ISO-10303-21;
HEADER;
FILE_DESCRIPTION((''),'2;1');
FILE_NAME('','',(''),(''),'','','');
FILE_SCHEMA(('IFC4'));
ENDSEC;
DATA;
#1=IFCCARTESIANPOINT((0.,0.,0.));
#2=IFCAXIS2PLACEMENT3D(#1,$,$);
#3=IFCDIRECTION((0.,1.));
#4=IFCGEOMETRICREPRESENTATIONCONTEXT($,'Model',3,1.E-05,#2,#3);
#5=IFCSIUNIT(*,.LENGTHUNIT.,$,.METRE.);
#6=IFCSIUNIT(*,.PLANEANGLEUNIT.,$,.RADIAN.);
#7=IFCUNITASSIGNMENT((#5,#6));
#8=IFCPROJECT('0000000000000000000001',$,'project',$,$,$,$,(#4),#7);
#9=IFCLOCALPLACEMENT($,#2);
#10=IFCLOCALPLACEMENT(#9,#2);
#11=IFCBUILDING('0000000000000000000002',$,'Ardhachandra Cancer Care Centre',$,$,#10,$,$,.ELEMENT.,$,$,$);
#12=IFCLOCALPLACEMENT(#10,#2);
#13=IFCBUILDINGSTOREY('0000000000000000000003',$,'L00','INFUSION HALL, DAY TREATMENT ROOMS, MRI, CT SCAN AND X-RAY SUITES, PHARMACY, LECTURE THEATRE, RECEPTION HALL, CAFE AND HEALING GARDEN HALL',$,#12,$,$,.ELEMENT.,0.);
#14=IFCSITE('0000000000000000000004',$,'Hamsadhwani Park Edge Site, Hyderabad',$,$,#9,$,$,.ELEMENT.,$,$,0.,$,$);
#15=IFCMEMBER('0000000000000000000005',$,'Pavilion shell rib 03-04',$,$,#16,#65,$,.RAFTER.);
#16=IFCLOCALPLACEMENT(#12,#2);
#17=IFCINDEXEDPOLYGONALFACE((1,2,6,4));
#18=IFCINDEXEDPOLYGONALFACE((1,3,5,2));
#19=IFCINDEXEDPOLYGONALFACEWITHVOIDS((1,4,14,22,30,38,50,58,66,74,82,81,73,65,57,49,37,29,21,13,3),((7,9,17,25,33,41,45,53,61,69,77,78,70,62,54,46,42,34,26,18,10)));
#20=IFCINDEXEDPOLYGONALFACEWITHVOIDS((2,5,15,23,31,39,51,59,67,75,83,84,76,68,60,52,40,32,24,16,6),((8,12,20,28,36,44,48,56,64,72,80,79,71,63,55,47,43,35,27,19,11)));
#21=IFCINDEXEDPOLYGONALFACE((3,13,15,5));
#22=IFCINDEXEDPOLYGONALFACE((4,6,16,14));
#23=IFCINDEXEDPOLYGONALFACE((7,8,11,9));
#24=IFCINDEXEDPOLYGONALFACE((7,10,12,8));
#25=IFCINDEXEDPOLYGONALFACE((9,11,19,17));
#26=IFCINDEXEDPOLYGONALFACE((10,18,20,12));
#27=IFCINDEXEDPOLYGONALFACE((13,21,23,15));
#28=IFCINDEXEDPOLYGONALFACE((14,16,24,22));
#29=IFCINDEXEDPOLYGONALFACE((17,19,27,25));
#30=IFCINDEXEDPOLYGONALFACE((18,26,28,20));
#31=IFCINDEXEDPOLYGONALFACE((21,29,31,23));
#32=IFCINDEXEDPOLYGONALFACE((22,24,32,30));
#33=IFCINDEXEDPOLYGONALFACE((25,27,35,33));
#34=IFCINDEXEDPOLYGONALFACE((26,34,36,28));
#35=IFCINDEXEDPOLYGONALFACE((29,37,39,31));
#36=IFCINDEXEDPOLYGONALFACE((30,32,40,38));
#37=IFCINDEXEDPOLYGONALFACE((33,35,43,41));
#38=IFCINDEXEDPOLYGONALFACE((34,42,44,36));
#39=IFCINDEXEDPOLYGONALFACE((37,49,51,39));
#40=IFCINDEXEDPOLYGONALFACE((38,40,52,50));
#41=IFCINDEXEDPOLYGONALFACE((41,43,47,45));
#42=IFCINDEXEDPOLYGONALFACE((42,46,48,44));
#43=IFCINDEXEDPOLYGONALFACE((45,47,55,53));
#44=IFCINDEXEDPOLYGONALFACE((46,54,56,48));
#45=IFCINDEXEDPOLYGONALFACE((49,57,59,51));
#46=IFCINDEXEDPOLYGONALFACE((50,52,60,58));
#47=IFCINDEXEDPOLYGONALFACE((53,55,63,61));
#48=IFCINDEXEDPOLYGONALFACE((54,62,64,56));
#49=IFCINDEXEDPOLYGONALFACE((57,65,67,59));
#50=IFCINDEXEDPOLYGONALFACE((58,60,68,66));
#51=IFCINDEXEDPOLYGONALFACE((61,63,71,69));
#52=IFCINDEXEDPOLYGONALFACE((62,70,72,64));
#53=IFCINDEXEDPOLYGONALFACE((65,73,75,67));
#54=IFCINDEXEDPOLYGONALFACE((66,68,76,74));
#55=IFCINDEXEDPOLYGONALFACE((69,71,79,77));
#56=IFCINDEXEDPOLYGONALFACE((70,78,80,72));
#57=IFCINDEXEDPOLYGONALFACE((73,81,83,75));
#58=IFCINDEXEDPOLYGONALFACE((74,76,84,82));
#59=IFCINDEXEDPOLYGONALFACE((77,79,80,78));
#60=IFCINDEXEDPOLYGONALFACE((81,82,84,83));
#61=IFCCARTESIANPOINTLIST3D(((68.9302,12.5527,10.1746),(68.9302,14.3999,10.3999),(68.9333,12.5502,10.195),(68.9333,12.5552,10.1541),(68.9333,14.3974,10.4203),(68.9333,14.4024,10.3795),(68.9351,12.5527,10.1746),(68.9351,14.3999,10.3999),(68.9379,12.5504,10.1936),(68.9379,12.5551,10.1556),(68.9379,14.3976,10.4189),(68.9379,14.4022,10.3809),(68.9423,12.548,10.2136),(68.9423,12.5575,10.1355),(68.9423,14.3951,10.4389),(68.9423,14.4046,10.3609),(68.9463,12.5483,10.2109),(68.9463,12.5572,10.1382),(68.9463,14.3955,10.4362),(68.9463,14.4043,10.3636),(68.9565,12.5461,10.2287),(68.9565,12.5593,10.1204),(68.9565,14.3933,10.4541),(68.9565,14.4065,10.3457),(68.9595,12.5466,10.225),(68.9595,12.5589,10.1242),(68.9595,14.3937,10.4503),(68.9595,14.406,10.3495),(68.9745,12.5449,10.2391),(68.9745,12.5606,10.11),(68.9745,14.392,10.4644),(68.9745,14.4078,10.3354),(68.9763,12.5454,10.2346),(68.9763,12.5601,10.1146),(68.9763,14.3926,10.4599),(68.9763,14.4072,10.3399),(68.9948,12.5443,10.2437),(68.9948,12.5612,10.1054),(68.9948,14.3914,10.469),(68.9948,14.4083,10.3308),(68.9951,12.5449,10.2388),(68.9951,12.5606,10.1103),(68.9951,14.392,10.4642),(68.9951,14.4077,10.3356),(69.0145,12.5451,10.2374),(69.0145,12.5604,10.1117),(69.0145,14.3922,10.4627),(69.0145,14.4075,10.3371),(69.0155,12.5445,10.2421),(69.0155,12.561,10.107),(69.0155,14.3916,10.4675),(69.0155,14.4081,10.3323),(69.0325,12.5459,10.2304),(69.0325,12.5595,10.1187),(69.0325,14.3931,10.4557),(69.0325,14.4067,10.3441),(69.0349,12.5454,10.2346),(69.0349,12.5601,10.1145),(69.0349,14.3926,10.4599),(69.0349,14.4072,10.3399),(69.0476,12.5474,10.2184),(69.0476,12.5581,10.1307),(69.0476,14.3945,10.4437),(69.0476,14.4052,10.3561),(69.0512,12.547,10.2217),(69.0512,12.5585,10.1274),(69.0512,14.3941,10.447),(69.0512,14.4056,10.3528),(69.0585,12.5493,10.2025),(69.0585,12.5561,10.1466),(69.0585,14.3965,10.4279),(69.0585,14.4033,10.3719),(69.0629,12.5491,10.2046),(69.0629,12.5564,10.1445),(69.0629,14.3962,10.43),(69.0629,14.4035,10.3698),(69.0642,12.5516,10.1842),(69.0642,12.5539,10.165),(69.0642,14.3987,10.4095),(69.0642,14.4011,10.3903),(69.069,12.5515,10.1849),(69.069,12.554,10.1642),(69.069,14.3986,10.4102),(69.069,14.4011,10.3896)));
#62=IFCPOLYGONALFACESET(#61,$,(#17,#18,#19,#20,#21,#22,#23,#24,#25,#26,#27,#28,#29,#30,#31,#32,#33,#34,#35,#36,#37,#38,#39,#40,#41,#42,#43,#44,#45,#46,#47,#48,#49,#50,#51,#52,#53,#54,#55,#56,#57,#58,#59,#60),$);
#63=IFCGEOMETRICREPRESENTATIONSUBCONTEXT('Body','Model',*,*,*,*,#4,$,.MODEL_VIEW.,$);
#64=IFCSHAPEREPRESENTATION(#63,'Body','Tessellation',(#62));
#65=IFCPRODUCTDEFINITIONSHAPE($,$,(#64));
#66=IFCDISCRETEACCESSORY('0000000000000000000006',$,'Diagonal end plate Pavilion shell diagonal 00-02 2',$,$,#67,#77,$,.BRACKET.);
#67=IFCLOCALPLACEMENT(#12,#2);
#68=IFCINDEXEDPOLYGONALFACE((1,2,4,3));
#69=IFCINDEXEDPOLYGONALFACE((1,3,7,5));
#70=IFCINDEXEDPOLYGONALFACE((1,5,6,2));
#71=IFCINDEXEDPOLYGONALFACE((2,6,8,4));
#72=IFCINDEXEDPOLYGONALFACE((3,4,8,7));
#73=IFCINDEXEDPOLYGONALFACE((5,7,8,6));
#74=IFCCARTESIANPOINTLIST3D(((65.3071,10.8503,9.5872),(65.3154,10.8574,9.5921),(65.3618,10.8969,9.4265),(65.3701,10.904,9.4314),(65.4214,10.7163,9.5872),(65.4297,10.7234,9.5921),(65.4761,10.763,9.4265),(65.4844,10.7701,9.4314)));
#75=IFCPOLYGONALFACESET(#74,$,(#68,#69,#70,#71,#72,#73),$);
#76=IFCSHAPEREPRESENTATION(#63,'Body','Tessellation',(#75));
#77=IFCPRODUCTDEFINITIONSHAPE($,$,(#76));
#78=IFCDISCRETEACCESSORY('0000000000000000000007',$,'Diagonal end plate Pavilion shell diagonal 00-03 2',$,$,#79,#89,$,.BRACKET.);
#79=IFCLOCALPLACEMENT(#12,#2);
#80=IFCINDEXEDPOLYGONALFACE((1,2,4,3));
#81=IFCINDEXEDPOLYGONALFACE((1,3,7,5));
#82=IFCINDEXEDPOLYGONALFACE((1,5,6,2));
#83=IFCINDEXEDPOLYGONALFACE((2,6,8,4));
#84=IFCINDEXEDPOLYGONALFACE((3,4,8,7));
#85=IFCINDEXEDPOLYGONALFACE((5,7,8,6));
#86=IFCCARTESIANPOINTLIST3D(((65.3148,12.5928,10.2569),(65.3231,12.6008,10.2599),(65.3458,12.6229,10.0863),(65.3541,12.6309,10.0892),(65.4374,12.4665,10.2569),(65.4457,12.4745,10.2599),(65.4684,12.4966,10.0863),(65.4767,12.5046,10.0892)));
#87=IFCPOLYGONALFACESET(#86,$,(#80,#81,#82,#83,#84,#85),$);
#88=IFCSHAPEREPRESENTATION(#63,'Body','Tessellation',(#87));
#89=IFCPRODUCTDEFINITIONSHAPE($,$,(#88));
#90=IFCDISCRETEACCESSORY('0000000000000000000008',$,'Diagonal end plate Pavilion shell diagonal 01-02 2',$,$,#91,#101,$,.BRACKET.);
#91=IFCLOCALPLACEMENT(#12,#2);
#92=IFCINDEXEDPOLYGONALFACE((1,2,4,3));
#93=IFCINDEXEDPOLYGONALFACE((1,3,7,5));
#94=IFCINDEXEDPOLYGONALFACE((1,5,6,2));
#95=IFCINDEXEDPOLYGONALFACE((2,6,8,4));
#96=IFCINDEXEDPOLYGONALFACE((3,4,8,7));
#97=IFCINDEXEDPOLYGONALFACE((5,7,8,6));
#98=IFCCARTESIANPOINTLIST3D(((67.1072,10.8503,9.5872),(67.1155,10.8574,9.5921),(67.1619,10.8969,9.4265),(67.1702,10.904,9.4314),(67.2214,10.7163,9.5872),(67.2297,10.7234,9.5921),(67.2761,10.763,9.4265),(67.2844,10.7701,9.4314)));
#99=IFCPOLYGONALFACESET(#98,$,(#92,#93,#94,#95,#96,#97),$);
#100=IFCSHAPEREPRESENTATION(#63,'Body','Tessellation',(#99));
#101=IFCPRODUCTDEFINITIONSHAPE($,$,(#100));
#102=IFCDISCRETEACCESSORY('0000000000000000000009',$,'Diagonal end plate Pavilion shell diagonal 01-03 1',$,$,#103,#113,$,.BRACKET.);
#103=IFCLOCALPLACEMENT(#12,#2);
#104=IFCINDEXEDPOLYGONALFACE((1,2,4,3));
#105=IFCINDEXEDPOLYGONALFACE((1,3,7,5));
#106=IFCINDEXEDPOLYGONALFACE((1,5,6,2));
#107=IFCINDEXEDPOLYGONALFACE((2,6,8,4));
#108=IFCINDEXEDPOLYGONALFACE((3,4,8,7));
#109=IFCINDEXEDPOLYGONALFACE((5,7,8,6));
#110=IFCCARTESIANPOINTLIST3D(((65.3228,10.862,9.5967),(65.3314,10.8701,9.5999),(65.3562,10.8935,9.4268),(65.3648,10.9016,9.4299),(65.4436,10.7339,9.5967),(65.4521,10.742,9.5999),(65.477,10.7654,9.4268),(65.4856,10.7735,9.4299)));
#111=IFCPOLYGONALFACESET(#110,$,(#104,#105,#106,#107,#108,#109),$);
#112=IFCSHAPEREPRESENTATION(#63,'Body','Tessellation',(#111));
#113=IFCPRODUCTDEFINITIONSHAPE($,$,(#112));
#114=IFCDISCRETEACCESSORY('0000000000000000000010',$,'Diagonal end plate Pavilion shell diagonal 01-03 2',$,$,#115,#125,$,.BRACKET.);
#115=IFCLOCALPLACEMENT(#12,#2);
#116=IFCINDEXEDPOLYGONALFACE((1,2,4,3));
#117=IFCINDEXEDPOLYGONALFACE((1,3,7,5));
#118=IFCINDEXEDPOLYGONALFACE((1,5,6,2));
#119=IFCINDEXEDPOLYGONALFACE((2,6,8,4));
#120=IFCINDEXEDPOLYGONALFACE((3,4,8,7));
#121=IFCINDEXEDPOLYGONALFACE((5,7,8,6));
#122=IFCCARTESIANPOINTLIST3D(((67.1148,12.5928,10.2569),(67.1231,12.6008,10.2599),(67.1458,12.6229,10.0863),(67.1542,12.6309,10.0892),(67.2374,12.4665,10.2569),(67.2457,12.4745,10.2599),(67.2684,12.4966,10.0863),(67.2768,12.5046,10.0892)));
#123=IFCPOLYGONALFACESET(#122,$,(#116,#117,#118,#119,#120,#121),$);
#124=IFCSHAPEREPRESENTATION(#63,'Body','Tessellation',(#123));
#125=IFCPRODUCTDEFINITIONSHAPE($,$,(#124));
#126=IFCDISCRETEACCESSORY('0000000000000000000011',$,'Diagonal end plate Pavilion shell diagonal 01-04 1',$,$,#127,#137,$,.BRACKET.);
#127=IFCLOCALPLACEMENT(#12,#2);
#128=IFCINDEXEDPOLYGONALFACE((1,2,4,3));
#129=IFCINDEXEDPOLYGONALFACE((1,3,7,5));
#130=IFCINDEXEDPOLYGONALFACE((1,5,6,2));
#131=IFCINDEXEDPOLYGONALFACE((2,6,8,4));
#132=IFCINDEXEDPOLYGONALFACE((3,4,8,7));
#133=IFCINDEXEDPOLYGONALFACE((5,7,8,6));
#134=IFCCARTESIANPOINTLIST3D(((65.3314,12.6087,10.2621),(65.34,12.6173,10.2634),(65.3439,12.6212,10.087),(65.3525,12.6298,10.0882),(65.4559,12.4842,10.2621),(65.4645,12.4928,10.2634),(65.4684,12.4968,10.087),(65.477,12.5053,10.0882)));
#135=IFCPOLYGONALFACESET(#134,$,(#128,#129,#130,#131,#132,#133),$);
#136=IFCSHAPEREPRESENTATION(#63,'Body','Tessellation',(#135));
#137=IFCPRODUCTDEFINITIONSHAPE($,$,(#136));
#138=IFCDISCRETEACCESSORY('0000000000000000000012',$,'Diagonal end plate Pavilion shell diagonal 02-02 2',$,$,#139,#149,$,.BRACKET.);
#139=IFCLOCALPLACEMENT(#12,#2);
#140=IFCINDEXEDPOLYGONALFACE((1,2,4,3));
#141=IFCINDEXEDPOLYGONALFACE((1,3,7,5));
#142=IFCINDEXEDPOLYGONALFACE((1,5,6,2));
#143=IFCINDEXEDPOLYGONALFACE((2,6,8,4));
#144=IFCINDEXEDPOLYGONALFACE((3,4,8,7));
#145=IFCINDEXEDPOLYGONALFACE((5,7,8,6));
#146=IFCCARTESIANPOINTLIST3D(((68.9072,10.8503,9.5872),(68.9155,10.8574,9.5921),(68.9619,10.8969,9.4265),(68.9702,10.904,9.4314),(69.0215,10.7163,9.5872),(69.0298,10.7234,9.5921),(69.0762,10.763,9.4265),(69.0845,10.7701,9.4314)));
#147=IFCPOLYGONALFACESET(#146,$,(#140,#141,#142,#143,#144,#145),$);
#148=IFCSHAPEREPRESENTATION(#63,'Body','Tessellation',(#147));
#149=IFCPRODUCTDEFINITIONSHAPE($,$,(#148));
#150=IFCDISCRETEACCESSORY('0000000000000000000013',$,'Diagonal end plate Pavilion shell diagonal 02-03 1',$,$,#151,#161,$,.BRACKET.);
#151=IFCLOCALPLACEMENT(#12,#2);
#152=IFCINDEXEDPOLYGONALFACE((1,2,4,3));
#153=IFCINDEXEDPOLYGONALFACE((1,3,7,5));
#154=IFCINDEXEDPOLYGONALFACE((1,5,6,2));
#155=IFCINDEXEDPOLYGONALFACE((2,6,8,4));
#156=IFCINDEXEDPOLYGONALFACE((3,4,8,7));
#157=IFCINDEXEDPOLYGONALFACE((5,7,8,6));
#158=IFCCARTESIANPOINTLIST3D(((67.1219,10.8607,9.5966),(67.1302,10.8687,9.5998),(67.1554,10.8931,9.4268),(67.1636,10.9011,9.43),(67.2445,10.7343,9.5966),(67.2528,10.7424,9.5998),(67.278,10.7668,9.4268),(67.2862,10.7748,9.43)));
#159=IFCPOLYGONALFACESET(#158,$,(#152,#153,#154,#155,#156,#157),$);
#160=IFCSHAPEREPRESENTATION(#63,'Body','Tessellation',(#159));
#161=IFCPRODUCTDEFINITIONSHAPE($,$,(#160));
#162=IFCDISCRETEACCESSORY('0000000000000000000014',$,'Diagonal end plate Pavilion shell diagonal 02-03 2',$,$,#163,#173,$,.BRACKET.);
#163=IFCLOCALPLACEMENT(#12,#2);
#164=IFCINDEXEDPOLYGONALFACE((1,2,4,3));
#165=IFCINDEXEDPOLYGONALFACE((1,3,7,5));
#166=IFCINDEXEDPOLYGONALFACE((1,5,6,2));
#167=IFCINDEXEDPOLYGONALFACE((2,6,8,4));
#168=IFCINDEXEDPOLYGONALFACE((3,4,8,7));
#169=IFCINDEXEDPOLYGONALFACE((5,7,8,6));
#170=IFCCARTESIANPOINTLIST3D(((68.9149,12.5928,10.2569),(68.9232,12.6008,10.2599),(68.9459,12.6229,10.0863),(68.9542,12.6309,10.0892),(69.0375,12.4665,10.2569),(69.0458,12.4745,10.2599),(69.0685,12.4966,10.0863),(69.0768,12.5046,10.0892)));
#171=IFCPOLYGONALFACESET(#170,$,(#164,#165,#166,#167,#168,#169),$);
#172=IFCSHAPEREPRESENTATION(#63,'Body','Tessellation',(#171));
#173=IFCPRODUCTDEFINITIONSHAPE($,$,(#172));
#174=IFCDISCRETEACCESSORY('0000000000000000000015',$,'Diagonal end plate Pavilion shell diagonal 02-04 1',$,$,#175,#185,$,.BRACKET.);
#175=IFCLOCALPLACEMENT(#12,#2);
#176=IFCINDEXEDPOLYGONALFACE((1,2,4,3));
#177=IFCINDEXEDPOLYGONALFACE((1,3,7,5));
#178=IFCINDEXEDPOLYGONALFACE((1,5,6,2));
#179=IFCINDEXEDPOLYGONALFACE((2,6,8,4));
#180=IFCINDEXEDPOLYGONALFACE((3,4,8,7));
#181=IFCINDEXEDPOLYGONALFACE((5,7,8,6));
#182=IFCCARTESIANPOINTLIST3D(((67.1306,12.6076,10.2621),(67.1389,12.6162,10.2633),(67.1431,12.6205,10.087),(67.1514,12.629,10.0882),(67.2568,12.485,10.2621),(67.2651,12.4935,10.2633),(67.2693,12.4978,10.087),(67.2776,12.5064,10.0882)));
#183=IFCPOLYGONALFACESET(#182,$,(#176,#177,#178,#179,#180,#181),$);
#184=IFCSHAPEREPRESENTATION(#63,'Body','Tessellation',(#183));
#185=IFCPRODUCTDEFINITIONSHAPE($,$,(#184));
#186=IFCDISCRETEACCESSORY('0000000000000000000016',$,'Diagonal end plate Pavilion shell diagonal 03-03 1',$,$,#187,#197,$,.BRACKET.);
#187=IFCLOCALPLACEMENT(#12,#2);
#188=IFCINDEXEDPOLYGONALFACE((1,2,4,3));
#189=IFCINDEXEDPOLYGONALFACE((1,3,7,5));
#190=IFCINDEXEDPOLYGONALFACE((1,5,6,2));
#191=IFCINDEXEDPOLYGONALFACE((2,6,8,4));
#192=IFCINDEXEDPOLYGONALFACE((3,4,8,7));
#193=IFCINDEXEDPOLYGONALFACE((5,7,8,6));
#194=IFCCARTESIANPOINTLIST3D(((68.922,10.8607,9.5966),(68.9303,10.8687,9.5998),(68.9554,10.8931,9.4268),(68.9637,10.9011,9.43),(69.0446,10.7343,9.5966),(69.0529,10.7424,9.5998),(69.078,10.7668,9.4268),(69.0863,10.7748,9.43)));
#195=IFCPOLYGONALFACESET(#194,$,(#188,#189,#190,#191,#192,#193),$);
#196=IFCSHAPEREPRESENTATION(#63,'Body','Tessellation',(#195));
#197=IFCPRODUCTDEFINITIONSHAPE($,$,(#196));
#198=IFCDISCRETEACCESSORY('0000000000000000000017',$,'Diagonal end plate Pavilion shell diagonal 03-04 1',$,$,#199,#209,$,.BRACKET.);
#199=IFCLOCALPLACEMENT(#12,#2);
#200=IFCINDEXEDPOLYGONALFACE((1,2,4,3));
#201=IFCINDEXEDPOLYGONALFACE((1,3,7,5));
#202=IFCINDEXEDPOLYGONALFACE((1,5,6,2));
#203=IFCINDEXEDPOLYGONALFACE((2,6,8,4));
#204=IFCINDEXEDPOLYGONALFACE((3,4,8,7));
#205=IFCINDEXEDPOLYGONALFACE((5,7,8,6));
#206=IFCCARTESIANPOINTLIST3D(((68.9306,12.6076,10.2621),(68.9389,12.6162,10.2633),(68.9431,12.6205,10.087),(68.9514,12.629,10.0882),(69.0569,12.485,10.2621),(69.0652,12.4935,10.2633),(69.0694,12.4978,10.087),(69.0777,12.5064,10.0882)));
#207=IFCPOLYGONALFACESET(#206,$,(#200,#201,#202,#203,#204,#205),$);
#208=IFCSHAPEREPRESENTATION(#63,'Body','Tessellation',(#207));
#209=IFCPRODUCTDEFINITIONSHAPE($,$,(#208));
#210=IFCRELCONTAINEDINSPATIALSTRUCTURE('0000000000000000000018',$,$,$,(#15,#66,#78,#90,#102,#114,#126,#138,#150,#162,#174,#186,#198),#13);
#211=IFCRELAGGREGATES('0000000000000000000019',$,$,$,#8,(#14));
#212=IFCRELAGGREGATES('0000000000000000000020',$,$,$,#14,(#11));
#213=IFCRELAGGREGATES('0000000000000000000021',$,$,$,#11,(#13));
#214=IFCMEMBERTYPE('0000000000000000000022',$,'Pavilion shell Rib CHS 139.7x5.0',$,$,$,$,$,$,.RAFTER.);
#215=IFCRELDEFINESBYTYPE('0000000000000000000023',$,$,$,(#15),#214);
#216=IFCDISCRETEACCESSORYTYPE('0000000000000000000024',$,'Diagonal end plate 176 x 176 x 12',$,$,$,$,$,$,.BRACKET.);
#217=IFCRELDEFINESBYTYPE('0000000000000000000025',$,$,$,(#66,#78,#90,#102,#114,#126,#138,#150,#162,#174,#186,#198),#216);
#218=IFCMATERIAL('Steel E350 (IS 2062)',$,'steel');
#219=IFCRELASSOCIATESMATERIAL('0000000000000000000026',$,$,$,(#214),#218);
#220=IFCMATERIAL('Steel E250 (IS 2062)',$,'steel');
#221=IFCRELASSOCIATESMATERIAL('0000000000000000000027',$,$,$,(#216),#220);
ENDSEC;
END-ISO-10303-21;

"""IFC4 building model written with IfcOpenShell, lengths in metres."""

from ifc_helpers import new_model, si_unit, direction, frame, origin, origin_2d, place, context, subcontext, project, spatial, rectangle, hollow_circle, extrude, material, material_profile, profile_set, type_object, element, save


model = new_model("IFC4")

# Units and contexts
model_context = context("Model", 3, precision=1e-05, world=origin(), true_north=direction((0.0, 1.0)))
body_context = subcontext(model_context, "Body", "Model", "MODEL_VIEW")
ifc_project = project(units=[si_unit("LENGTHUNIT", "METRE"), si_unit("PLANEANGLEUNIT", "RADIAN")], contexts=[model_context])

# Site, building, storey
site_placement = place(None, origin())
site = spatial("IfcSite", under=ifc_project, at=site_placement, Name="Hamsadhwani Park Edge Site, Hyderabad", CompositionType="ELEMENT", RefElevation=0.0)
building_placement = place(site_placement, origin())
building = spatial("IfcBuilding", under=site, at=building_placement, Name="Ardhachandra Cancer Care Centre", CompositionType="ELEMENT")
storey_placement = place(building_placement, origin())
storey = spatial("IfcBuildingStorey", under=building, at=storey_placement, Name="L00", Description="INFUSION HALL, DAY TREATMENT ROOMS, MRI, CT SCAN AND X-RAY SUITES, PHARMACY, LECTURE THEATRE, RECEPTION HALL, CAFE AND HEALING GARDEN HALL", CompositionType="ELEMENT", Elevation=0.0)

# Member
ifc_material_1 = material(Name="Steel E350 (IS 2062)", Category="steel")
ifc_material_profile_1 = material_profile(ifc_material_1, hollow_circle(Radius=0.0698, WallThickness=0.0049, at=origin_2d()), Name="CHS 139.7x5.0")
ifc_profile_set_1 = profile_set([ifc_material_profile_1], Name="Steel E350 (IS 2062)")
member_type_1 = type_object("IfcMemberType", Name="Pavilion shell Rib CHS 139.7x5.0", PredefinedType="RAFTER", material=ifc_profile_set_1)
member_1_placement = place(storey_placement, frame((69.0, 12.5527, 10.1746), z_axis=(0.0, 0.992641, 0.121095), x_axis=(-1.0, 0.0, 0.0)))
element("IfcMember", 1, at=member_1_placement, inside=storey, type_object=member_type_1, Name="Pavilion shell rib 03-04", PredefinedType="RAFTER", context=body_context, shape_type="SweptSolid", body=[
    extrude(hollow_circle(Radius=0.0698, WallThickness=0.0049, at=origin_2d()), origin(), (0.0, 0.0, 1.0), 1.8608),
])

# Discrete accessories
ifc_material_2 = material(Name="Steel E250 (IS 2062)", Category="steel")
ifc_material_profile_2 = material_profile(ifc_material_2, rectangle(XDim=0.176, YDim=0.176, at=origin_2d()), Name="PL 176x176x12")
ifc_profile_set_2 = profile_set([ifc_material_profile_2], Name="Steel E250 (IS 2062)")
discrete_accessory_type = type_object("IfcDiscreteAccessoryType", Name="Diagonal end plate 176 x 176 x 12", PredefinedType="BRACKET", material=ifc_profile_set_2)
for number, where, z_axis, x_axis, name in (
    (2, (65.3999, 10.8137, 9.5117), (-0.694456, -0.59233, -0.408504), (0.648947, -0.760834, 0.0), "Diagonal end plate Pavilion shell diagonal 00-02 2"),
    (3, (65.3999, 12.5527, 10.1746), (-0.695618, -0.675159, -0.245512), (0.696475, -0.717581, 0.0), "Diagonal end plate Pavilion shell diagonal 00-03 2"),
    (4, (67.2, 10.8137, 9.5117), (-0.694456, -0.59233, -0.408504), (0.648947, -0.760834, 0.0), "Diagonal end plate Pavilion shell diagonal 01-02 2"),
):
    element("IfcDiscreteAccessory", number, at=place(storey_placement, frame(where, z_axis=z_axis, x_axis=x_axis)), inside=storey, type_object=discrete_accessory_type, Name=name, PredefinedType="BRACKET", context=body_context, shape_type="SweptSolid", body=[
        extrude(rectangle(XDim=0.176, YDim=0.176, at=origin_2d()), origin(), (0.0, 0.0, 1.0), 0.012),
    ])
discrete_accessory_1_placement = place(storey_placement, frame((65.3999, 10.8137, 9.5117), z_axis=(0.702392, 0.662256, 0.260889), x_axis=(-0.686013, 0.727589, 0.0)))
element("IfcDiscreteAccessory", 5, at=discrete_accessory_1_placement, inside=storey, type_object=discrete_accessory_type, Name="Diagonal end plate Pavilion shell diagonal 01-03 1", PredefinedType="BRACKET", context=body_context, shape_type="SweptSolid", body=[
    extrude(rectangle(XDim=0.176, YDim=0.176, at=origin_2d()), origin(), (0.0, 0.0, 1.0), 0.0122),
])
discrete_accessory_2_placement = place(storey_placement, frame((67.2, 12.5527, 10.1746), z_axis=(-0.695618, -0.675159, -0.245512), x_axis=(0.696475, -0.717581, 0.0)))
element("IfcDiscreteAccessory", 6, at=discrete_accessory_2_placement, inside=storey, type_object=discrete_accessory_type, Name="Diagonal end plate Pavilion shell diagonal 01-03 2", PredefinedType="BRACKET", context=body_context, shape_type="SweptSolid", body=[
    extrude(rectangle(XDim=0.176, YDim=0.176, at=origin_2d()), origin(), (0.0, 0.0, 1.0), 0.012),
])
discrete_accessory_3_placement = place(storey_placement, frame((65.3999, 12.5527, 10.1746), z_axis=(0.703526, 0.703526, 0.100504), x_axis=(-0.707107, 0.707107, 0.0)))
element("IfcDiscreteAccessory", 7, at=discrete_accessory_3_placement, inside=storey, type_object=discrete_accessory_type, Name="Diagonal end plate Pavilion shell diagonal 01-04 1", PredefinedType="BRACKET", context=body_context, shape_type="SweptSolid", body=[
    extrude(rectangle(XDim=0.176, YDim=0.176, at=origin_2d()), origin(), (0.0, 0.0, 1.0), 0.0122),
])
for number, where, z_axis, x_axis, name in (
    (8, (69.0, 10.8137, 9.5117), (-0.694456, -0.59233, -0.408504), (0.648947, -0.760834, 0.0), "Diagonal end plate Pavilion shell diagonal 02-02 2"),
    (9, (67.2, 10.8137, 9.5117), (0.692007, 0.671654, 0.264591), (-0.696475, 0.717581, 0.0), "Diagonal end plate Pavilion shell diagonal 02-03 1"),
    (10, (69.0, 12.5527, 10.1746), (-0.695618, -0.675159, -0.245512), (0.696475, -0.717581, 0.0), "Diagonal end plate Pavilion shell diagonal 02-03 2"),
    (11, (67.2, 12.5527, 10.1746), (0.693156, 0.713543, 0.101935), (-0.717279, 0.696786, 0.0), "Diagonal end plate Pavilion shell diagonal 02-04 1"),
    (12, (69.0, 10.8137, 9.5117), (0.692007, 0.671654, 0.264591), (-0.696475, 0.717581, 0.0), "Diagonal end plate Pavilion shell diagonal 03-03 1"),
    (13, (69.0, 12.5527, 10.1746), (0.693156, 0.713543, 0.101935), (-0.717279, 0.696786, 0.0), "Diagonal end plate Pavilion shell diagonal 03-04 1"),
):
    element("IfcDiscreteAccessory", number, at=place(storey_placement, frame(where, z_axis=z_axis, x_axis=x_axis)), inside=storey, type_object=discrete_accessory_type, Name=name, PredefinedType="BRACKET", context=body_context, shape_type="SweptSolid", body=[
        extrude(rectangle(XDim=0.176, YDim=0.176, at=origin_2d()), origin(), (0.0, 0.0, 1.0), 0.012),
    ])

save(model, "model.ifc")
